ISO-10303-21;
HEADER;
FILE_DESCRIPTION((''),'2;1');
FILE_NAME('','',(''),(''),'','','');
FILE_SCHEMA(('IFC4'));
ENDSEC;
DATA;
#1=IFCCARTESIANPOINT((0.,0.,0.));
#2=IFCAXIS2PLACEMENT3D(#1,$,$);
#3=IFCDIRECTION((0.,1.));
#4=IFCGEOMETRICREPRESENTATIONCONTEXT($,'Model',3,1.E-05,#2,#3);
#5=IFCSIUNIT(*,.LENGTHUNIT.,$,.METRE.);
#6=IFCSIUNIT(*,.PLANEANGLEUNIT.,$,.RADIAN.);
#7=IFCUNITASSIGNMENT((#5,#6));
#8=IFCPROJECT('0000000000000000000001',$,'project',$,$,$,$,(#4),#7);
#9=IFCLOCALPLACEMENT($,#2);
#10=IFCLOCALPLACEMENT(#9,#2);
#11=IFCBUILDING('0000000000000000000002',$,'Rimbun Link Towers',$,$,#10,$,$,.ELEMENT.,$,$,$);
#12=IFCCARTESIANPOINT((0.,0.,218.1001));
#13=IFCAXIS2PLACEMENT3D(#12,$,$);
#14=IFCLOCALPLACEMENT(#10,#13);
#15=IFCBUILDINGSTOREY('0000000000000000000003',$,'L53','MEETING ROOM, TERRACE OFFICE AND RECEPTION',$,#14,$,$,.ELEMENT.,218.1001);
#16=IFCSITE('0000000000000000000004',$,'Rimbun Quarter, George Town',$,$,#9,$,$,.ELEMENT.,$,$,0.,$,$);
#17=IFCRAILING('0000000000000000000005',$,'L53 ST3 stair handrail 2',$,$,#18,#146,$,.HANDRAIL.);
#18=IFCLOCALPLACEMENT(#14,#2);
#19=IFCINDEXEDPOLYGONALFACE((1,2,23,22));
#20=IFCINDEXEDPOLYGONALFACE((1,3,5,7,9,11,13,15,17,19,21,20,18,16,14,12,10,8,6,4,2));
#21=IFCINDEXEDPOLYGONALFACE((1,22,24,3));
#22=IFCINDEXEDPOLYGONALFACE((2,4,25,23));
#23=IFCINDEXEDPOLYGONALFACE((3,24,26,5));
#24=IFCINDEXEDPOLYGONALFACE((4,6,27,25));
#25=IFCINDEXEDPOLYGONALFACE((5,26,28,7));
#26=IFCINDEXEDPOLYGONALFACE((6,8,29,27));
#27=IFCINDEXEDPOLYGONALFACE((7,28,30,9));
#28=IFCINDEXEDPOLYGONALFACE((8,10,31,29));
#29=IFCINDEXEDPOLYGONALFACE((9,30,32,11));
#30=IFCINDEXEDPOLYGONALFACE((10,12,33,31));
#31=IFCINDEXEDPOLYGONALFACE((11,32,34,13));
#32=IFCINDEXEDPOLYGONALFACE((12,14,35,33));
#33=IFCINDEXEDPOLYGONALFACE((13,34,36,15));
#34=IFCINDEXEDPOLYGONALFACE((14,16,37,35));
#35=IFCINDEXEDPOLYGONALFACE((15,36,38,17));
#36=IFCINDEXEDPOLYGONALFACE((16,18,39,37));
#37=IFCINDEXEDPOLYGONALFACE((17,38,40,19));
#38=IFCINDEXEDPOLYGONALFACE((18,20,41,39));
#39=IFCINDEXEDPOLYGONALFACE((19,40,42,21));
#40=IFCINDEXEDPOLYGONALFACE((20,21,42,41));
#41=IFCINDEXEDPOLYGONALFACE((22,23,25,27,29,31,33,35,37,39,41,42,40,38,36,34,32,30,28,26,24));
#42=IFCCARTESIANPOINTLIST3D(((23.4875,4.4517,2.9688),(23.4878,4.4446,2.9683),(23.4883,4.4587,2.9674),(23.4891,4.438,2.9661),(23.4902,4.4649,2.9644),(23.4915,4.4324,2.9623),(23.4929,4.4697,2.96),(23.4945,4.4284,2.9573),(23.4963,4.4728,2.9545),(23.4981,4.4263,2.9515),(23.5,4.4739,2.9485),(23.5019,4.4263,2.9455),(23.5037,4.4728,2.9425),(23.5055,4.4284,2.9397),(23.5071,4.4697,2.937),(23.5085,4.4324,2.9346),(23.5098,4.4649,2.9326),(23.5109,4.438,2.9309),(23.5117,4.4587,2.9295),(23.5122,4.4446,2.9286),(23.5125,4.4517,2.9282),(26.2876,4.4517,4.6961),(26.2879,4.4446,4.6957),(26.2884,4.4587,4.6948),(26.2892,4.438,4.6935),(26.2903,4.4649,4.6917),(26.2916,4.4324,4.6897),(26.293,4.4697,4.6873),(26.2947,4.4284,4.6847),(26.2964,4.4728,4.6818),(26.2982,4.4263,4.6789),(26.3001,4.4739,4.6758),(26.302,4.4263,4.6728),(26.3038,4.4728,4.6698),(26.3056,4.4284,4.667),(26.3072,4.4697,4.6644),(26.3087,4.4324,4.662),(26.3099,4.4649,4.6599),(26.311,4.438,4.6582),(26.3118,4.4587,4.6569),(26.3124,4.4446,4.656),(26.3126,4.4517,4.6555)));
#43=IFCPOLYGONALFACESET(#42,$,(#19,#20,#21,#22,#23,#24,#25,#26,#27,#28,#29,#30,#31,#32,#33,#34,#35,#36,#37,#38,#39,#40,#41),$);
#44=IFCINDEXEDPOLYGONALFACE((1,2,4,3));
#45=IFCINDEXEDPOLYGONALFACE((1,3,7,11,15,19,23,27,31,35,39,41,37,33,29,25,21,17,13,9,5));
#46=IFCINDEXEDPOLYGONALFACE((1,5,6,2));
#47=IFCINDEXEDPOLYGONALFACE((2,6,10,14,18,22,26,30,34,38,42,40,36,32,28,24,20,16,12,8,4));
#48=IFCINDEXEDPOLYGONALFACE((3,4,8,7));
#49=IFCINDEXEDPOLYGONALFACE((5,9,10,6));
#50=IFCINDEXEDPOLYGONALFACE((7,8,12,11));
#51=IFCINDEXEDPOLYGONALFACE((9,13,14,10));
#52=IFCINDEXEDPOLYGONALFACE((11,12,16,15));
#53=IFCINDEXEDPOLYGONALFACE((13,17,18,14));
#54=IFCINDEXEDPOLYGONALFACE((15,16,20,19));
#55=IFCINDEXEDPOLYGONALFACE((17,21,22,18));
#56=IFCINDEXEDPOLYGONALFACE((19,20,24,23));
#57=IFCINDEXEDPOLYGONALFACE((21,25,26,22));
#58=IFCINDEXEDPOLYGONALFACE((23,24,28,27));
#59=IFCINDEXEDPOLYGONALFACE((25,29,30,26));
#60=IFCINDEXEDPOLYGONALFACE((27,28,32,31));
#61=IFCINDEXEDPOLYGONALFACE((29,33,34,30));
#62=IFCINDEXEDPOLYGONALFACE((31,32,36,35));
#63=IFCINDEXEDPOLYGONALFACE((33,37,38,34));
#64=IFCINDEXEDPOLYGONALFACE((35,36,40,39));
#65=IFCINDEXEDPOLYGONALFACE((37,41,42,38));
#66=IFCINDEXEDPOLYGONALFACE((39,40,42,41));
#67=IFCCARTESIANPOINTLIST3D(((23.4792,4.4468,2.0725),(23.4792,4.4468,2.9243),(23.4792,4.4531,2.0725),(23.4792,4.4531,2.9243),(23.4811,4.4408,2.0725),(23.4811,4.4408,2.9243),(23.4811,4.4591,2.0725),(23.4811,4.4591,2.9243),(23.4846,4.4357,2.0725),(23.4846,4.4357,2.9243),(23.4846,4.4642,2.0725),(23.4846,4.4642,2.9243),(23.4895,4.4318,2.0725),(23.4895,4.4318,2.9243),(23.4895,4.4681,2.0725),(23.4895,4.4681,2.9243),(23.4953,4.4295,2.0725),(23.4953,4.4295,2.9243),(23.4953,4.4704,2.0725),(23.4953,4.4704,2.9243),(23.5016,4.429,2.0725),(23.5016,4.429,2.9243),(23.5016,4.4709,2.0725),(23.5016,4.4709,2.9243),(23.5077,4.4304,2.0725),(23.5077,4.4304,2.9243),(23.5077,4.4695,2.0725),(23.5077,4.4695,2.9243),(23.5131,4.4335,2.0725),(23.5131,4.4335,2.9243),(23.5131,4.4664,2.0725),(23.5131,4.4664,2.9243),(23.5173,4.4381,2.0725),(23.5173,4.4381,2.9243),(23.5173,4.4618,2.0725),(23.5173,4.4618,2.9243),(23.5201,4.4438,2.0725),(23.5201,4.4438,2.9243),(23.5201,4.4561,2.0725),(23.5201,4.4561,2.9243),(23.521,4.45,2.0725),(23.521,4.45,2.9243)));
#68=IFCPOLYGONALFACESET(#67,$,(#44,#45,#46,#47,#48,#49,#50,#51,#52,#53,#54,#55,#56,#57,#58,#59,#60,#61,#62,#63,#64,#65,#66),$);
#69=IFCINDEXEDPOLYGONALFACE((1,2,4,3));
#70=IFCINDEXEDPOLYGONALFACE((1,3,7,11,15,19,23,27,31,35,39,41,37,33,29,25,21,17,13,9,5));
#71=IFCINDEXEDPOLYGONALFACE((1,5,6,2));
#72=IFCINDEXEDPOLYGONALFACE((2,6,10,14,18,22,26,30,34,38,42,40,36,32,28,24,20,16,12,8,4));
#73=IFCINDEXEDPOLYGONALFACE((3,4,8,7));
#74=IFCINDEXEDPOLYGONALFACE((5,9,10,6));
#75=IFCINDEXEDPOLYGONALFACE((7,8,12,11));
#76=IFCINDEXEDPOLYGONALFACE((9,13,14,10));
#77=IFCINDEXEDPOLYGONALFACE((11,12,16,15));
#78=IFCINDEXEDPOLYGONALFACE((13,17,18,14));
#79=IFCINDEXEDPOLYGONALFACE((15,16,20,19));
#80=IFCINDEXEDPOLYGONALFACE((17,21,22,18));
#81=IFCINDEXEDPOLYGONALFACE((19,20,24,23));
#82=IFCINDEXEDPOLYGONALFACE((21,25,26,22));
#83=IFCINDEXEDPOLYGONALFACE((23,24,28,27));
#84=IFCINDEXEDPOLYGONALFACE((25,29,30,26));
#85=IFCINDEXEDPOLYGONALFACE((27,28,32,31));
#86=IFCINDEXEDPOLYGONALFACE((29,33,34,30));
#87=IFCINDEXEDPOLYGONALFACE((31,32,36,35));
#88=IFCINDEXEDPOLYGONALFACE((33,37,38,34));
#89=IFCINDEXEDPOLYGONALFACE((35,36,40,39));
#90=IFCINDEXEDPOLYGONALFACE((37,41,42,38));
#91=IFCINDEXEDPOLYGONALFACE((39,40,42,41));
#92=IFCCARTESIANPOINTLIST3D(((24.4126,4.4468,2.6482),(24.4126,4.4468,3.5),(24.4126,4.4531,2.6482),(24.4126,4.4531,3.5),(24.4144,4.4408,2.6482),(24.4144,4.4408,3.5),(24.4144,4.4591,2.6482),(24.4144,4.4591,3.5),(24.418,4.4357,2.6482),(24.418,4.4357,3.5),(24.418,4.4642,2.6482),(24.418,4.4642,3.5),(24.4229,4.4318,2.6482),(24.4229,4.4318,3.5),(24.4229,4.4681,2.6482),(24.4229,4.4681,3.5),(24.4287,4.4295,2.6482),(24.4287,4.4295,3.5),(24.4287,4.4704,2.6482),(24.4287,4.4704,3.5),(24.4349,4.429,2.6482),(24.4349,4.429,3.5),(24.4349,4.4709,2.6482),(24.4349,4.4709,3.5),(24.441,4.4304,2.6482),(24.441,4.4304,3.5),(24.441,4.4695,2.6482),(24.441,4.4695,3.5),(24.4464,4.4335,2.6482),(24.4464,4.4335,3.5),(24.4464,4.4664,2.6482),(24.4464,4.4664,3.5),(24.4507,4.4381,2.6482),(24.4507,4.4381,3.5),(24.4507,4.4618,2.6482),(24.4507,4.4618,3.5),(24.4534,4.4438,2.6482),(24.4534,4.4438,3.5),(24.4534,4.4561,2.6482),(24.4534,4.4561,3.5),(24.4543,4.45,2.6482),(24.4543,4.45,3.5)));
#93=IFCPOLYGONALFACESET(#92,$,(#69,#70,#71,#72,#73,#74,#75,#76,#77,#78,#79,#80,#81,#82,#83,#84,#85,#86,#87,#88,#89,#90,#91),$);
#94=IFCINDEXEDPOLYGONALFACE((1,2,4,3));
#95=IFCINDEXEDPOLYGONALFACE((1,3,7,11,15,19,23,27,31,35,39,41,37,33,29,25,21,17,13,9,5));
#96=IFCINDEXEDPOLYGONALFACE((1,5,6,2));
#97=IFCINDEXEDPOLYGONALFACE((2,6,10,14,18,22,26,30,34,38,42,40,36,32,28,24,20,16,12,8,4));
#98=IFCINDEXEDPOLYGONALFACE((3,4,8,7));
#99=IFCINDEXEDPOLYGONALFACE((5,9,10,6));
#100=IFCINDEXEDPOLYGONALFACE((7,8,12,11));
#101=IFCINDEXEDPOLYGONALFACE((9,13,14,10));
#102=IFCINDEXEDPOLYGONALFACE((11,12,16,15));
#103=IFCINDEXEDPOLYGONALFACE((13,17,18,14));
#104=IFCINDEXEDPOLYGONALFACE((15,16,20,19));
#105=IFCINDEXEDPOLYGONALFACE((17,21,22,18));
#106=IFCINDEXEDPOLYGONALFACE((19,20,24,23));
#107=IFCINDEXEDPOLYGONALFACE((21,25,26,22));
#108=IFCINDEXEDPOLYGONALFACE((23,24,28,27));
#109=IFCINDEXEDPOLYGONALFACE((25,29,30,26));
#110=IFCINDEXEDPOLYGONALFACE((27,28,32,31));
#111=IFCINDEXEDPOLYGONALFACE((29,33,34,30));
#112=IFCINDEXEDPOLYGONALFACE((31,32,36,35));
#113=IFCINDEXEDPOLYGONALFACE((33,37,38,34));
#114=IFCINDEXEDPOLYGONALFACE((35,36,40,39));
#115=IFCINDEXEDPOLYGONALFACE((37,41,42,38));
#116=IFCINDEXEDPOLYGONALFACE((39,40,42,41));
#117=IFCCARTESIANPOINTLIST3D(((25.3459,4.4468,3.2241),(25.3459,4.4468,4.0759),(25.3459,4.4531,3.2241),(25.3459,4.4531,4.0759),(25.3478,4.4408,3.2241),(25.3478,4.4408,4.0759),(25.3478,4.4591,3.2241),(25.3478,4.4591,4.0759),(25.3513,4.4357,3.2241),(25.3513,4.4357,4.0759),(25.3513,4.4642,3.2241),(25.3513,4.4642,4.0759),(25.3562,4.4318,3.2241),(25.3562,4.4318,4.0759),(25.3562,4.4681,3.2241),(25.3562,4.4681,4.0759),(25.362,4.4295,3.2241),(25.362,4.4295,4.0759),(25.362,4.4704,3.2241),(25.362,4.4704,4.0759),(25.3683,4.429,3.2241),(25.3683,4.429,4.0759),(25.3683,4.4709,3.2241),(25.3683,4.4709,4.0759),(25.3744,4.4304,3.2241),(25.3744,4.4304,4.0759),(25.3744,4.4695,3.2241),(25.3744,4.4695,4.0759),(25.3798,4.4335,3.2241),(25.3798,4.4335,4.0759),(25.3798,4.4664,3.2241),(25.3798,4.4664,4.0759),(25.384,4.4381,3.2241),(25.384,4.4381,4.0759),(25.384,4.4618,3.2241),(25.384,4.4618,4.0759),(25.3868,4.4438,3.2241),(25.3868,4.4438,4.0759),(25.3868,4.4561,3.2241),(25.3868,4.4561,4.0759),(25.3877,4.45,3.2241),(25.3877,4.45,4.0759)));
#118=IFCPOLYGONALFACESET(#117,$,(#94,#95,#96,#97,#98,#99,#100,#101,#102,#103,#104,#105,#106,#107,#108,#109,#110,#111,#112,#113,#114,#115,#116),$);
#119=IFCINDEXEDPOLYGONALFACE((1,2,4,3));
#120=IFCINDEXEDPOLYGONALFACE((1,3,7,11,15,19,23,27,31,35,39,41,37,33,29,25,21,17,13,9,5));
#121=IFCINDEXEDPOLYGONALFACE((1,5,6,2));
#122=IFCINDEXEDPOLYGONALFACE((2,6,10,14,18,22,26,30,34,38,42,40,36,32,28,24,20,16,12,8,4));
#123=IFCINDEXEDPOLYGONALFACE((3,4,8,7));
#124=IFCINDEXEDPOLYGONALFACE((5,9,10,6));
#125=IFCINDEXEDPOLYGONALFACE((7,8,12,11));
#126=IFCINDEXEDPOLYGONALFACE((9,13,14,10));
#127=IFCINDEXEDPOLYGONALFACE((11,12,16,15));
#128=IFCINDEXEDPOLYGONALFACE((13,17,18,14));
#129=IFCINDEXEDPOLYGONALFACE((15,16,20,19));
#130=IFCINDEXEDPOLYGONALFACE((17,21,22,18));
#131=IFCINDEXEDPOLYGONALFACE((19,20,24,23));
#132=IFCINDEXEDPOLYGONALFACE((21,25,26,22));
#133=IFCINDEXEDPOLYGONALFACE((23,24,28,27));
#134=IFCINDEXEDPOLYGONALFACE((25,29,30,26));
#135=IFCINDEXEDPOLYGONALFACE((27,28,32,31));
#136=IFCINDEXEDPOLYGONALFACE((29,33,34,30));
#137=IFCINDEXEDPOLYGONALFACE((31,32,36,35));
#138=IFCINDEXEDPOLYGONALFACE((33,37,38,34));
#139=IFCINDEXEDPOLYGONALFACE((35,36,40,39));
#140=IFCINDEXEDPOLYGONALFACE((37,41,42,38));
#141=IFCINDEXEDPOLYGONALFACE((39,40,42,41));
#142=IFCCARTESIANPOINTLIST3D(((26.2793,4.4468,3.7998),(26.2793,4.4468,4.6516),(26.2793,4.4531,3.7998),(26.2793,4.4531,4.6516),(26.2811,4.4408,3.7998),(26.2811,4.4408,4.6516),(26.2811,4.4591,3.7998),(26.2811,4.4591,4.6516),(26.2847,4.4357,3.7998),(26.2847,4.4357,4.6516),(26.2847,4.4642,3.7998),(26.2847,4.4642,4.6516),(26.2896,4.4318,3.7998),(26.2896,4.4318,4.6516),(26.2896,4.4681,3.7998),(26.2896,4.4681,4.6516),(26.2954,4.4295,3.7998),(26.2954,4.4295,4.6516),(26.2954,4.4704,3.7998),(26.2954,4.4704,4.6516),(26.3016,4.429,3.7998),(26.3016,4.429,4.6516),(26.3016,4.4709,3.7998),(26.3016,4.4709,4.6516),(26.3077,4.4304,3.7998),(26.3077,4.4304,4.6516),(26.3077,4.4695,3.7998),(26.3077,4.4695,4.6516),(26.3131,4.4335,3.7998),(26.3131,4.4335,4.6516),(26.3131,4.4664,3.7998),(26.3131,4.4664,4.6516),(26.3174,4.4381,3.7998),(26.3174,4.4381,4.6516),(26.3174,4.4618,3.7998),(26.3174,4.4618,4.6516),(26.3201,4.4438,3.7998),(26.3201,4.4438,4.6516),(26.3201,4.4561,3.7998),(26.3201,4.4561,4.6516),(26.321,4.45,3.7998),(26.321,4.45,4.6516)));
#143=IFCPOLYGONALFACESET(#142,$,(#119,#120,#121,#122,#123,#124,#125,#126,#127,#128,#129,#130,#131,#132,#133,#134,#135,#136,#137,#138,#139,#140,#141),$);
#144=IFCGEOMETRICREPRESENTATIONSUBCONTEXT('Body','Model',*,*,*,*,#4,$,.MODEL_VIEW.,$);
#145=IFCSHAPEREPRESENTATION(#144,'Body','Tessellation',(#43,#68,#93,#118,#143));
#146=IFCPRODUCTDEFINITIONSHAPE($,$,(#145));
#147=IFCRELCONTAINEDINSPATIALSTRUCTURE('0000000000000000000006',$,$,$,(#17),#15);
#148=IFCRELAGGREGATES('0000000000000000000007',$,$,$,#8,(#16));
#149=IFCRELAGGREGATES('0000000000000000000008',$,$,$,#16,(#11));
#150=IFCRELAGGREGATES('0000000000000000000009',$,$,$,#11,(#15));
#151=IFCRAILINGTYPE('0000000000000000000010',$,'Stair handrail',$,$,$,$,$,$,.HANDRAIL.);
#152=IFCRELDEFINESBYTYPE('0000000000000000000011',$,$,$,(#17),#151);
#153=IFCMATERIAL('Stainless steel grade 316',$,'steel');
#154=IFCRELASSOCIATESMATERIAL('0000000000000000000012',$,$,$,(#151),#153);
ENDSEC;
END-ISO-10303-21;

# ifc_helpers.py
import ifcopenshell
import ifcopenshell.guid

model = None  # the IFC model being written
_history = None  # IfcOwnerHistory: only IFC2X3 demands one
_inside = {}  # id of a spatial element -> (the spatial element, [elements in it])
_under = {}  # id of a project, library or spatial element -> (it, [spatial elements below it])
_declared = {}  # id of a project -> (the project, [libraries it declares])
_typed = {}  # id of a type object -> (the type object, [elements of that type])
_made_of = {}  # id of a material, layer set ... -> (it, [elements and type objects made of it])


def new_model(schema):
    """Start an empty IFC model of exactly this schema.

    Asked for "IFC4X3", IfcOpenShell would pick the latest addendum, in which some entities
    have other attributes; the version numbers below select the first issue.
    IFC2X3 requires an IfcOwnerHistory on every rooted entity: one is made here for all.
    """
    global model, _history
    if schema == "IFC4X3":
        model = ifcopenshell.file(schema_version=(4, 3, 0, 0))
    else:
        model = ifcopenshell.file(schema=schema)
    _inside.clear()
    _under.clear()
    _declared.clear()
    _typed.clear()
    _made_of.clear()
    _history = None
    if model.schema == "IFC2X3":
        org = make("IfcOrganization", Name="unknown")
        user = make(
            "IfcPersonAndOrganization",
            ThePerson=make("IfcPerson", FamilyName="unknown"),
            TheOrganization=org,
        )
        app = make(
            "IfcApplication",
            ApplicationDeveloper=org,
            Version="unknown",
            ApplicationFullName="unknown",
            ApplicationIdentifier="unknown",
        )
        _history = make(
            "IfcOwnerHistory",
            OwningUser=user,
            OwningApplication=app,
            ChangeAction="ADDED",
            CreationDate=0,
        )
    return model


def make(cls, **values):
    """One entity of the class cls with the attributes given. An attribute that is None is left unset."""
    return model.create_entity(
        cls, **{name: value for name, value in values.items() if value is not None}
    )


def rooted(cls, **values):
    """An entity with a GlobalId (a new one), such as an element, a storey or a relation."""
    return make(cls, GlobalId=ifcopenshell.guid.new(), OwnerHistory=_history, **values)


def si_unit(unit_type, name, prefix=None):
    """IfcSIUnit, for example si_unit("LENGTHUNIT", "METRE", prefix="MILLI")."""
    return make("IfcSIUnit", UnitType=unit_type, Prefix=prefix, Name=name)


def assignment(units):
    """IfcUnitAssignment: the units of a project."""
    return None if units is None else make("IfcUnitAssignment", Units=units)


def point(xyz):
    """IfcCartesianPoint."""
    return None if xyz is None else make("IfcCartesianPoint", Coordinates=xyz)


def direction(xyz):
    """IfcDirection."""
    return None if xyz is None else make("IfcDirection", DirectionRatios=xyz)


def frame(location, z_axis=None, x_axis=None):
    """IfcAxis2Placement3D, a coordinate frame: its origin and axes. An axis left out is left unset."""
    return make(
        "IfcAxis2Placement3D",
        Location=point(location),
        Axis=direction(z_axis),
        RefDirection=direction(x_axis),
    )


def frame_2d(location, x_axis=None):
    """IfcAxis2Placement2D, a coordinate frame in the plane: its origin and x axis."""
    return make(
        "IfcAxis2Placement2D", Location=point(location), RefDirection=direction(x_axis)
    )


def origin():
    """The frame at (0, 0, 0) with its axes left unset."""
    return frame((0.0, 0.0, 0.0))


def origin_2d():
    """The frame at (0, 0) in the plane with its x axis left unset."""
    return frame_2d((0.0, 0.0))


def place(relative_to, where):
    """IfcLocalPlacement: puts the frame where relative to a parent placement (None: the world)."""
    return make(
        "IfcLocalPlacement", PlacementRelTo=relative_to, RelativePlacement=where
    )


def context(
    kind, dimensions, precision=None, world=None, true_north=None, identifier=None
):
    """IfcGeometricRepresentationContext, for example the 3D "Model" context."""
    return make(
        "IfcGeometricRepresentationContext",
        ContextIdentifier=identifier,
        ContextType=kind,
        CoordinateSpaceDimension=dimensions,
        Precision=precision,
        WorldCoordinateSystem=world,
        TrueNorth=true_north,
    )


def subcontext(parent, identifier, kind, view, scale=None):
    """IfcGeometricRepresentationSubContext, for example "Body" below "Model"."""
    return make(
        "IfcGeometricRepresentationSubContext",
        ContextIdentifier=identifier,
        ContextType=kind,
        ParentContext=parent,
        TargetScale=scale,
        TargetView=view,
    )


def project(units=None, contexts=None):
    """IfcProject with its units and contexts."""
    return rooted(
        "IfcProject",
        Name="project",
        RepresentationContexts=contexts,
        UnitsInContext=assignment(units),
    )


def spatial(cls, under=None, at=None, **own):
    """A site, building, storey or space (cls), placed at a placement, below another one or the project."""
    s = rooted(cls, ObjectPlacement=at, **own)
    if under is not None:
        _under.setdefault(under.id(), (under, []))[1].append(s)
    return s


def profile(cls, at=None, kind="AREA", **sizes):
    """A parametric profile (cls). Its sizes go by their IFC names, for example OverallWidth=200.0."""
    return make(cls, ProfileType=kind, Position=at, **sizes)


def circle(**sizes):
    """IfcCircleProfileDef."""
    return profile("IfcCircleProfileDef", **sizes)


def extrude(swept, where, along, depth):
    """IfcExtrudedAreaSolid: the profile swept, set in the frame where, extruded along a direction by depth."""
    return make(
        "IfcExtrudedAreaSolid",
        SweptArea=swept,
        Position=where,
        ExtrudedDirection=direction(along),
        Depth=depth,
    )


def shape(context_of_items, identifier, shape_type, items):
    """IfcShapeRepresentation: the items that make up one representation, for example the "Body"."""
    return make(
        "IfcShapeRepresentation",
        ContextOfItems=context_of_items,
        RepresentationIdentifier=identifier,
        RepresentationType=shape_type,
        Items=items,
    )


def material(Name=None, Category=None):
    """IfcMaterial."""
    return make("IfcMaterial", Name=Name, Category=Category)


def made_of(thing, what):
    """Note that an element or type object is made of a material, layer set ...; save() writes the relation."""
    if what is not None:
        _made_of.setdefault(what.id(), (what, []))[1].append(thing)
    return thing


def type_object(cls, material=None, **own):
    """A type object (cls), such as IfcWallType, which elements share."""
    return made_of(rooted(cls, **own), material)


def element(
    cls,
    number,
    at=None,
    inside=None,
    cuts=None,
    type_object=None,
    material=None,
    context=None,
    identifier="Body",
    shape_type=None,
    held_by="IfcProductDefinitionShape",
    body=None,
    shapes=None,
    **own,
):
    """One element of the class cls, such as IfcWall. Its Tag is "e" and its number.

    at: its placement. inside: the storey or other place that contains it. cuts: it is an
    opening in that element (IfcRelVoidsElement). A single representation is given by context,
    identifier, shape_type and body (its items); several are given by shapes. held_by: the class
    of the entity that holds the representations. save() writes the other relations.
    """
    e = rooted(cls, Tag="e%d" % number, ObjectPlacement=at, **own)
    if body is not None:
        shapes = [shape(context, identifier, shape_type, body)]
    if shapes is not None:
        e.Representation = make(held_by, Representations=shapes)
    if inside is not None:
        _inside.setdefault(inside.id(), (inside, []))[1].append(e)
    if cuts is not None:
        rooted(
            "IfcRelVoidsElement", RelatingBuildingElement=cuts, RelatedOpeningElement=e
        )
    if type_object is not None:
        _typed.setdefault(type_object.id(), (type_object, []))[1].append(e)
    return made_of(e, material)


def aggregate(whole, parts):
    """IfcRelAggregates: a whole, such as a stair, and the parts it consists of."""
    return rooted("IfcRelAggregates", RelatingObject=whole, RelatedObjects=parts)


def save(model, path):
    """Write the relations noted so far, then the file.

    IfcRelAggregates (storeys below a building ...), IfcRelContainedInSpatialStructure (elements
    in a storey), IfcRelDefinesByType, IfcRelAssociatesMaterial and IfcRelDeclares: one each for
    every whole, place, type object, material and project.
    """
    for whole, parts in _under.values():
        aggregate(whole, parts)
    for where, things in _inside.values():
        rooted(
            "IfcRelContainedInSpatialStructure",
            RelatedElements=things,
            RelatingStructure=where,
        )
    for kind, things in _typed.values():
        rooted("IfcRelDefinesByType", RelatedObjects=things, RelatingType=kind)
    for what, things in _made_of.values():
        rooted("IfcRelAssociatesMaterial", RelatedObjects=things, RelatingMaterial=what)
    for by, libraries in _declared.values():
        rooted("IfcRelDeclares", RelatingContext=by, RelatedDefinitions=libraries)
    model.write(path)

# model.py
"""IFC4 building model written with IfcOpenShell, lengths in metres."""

from ifc_helpers import new_model, si_unit, direction, frame, origin, origin_2d, place, context, subcontext, project, spatial, circle, extrude, material, type_object, element, save


model = new_model("IFC4")

# Units and contexts
model_context = context("Model", 3, precision=1e-05, world=origin(), true_north=direction((0.0, 1.0)))
body_context = subcontext(model_context, "Body", "Model", "MODEL_VIEW")
ifc_project = project(units=[si_unit("LENGTHUNIT", "METRE"), si_unit("PLANEANGLEUNIT", "RADIAN")], contexts=[model_context])

# Site, building, storey
site_placement = place(None, origin())
site = spatial("IfcSite", under=ifc_project, at=site_placement, Name="Rimbun Quarter, George Town", CompositionType="ELEMENT", RefElevation=0.0)
building_placement = place(site_placement, origin())
building = spatial("IfcBuilding", under=site, at=building_placement, Name="Rimbun Link Towers", CompositionType="ELEMENT")
storey_placement = place(building_placement, frame((0.0, 0.0, 218.1001)))
storey = spatial("IfcBuildingStorey", under=building, at=storey_placement, Name="L53", Description="MEETING ROOM, TERRACE OFFICE AND RECEPTION", CompositionType="ELEMENT", Elevation=218.1001)

# Railing
ifc_material_1 = material(Name="Stainless steel grade 316", Category="steel")
railing_type_1 = type_object("IfcRailingType", Name="Stair handrail", PredefinedType="HANDRAIL", material=ifc_material_1)
railing_1_placement = place(storey_placement, frame((23.5, 4.45, 2.0725)))
element("IfcRailing", 1, at=railing_1_placement, inside=storey, type_object=railing_type_1, Name="L53 ST3 stair handrail 2", PredefinedType="HANDRAIL", context=body_context, shape_type="SweptSolid", body=[
    extrude(circle(Radius=0.0239, at=origin_2d()), frame((0.0, 0.0, 0.876), z_axis=(0.85109, 0.0, 0.52502), x_axis=(0.0, 1.0, 0.0)), (0.0, 0.0, 1.0), 3.29),
    extrude(circle(Radius=0.021, at=origin_2d()), origin(), (0.0, 0.0, 1.0), 0.8518),
    extrude(circle(Radius=0.021, at=origin_2d()), frame((0.9333, 0.0, 0.5757)), (0.0, 0.0, 1.0), 0.8518),
    extrude(circle(Radius=0.021, at=origin_2d()), frame((1.8667, 0.0, 1.1516)), (0.0, 0.0, 1.0), 0.8518),
    extrude(circle(Radius=0.021, at=origin_2d()), frame((2.8, 0.0, 1.7273)), (0.0, 0.0, 1.0), 0.8518),
])

save(model, "model.ifc")
